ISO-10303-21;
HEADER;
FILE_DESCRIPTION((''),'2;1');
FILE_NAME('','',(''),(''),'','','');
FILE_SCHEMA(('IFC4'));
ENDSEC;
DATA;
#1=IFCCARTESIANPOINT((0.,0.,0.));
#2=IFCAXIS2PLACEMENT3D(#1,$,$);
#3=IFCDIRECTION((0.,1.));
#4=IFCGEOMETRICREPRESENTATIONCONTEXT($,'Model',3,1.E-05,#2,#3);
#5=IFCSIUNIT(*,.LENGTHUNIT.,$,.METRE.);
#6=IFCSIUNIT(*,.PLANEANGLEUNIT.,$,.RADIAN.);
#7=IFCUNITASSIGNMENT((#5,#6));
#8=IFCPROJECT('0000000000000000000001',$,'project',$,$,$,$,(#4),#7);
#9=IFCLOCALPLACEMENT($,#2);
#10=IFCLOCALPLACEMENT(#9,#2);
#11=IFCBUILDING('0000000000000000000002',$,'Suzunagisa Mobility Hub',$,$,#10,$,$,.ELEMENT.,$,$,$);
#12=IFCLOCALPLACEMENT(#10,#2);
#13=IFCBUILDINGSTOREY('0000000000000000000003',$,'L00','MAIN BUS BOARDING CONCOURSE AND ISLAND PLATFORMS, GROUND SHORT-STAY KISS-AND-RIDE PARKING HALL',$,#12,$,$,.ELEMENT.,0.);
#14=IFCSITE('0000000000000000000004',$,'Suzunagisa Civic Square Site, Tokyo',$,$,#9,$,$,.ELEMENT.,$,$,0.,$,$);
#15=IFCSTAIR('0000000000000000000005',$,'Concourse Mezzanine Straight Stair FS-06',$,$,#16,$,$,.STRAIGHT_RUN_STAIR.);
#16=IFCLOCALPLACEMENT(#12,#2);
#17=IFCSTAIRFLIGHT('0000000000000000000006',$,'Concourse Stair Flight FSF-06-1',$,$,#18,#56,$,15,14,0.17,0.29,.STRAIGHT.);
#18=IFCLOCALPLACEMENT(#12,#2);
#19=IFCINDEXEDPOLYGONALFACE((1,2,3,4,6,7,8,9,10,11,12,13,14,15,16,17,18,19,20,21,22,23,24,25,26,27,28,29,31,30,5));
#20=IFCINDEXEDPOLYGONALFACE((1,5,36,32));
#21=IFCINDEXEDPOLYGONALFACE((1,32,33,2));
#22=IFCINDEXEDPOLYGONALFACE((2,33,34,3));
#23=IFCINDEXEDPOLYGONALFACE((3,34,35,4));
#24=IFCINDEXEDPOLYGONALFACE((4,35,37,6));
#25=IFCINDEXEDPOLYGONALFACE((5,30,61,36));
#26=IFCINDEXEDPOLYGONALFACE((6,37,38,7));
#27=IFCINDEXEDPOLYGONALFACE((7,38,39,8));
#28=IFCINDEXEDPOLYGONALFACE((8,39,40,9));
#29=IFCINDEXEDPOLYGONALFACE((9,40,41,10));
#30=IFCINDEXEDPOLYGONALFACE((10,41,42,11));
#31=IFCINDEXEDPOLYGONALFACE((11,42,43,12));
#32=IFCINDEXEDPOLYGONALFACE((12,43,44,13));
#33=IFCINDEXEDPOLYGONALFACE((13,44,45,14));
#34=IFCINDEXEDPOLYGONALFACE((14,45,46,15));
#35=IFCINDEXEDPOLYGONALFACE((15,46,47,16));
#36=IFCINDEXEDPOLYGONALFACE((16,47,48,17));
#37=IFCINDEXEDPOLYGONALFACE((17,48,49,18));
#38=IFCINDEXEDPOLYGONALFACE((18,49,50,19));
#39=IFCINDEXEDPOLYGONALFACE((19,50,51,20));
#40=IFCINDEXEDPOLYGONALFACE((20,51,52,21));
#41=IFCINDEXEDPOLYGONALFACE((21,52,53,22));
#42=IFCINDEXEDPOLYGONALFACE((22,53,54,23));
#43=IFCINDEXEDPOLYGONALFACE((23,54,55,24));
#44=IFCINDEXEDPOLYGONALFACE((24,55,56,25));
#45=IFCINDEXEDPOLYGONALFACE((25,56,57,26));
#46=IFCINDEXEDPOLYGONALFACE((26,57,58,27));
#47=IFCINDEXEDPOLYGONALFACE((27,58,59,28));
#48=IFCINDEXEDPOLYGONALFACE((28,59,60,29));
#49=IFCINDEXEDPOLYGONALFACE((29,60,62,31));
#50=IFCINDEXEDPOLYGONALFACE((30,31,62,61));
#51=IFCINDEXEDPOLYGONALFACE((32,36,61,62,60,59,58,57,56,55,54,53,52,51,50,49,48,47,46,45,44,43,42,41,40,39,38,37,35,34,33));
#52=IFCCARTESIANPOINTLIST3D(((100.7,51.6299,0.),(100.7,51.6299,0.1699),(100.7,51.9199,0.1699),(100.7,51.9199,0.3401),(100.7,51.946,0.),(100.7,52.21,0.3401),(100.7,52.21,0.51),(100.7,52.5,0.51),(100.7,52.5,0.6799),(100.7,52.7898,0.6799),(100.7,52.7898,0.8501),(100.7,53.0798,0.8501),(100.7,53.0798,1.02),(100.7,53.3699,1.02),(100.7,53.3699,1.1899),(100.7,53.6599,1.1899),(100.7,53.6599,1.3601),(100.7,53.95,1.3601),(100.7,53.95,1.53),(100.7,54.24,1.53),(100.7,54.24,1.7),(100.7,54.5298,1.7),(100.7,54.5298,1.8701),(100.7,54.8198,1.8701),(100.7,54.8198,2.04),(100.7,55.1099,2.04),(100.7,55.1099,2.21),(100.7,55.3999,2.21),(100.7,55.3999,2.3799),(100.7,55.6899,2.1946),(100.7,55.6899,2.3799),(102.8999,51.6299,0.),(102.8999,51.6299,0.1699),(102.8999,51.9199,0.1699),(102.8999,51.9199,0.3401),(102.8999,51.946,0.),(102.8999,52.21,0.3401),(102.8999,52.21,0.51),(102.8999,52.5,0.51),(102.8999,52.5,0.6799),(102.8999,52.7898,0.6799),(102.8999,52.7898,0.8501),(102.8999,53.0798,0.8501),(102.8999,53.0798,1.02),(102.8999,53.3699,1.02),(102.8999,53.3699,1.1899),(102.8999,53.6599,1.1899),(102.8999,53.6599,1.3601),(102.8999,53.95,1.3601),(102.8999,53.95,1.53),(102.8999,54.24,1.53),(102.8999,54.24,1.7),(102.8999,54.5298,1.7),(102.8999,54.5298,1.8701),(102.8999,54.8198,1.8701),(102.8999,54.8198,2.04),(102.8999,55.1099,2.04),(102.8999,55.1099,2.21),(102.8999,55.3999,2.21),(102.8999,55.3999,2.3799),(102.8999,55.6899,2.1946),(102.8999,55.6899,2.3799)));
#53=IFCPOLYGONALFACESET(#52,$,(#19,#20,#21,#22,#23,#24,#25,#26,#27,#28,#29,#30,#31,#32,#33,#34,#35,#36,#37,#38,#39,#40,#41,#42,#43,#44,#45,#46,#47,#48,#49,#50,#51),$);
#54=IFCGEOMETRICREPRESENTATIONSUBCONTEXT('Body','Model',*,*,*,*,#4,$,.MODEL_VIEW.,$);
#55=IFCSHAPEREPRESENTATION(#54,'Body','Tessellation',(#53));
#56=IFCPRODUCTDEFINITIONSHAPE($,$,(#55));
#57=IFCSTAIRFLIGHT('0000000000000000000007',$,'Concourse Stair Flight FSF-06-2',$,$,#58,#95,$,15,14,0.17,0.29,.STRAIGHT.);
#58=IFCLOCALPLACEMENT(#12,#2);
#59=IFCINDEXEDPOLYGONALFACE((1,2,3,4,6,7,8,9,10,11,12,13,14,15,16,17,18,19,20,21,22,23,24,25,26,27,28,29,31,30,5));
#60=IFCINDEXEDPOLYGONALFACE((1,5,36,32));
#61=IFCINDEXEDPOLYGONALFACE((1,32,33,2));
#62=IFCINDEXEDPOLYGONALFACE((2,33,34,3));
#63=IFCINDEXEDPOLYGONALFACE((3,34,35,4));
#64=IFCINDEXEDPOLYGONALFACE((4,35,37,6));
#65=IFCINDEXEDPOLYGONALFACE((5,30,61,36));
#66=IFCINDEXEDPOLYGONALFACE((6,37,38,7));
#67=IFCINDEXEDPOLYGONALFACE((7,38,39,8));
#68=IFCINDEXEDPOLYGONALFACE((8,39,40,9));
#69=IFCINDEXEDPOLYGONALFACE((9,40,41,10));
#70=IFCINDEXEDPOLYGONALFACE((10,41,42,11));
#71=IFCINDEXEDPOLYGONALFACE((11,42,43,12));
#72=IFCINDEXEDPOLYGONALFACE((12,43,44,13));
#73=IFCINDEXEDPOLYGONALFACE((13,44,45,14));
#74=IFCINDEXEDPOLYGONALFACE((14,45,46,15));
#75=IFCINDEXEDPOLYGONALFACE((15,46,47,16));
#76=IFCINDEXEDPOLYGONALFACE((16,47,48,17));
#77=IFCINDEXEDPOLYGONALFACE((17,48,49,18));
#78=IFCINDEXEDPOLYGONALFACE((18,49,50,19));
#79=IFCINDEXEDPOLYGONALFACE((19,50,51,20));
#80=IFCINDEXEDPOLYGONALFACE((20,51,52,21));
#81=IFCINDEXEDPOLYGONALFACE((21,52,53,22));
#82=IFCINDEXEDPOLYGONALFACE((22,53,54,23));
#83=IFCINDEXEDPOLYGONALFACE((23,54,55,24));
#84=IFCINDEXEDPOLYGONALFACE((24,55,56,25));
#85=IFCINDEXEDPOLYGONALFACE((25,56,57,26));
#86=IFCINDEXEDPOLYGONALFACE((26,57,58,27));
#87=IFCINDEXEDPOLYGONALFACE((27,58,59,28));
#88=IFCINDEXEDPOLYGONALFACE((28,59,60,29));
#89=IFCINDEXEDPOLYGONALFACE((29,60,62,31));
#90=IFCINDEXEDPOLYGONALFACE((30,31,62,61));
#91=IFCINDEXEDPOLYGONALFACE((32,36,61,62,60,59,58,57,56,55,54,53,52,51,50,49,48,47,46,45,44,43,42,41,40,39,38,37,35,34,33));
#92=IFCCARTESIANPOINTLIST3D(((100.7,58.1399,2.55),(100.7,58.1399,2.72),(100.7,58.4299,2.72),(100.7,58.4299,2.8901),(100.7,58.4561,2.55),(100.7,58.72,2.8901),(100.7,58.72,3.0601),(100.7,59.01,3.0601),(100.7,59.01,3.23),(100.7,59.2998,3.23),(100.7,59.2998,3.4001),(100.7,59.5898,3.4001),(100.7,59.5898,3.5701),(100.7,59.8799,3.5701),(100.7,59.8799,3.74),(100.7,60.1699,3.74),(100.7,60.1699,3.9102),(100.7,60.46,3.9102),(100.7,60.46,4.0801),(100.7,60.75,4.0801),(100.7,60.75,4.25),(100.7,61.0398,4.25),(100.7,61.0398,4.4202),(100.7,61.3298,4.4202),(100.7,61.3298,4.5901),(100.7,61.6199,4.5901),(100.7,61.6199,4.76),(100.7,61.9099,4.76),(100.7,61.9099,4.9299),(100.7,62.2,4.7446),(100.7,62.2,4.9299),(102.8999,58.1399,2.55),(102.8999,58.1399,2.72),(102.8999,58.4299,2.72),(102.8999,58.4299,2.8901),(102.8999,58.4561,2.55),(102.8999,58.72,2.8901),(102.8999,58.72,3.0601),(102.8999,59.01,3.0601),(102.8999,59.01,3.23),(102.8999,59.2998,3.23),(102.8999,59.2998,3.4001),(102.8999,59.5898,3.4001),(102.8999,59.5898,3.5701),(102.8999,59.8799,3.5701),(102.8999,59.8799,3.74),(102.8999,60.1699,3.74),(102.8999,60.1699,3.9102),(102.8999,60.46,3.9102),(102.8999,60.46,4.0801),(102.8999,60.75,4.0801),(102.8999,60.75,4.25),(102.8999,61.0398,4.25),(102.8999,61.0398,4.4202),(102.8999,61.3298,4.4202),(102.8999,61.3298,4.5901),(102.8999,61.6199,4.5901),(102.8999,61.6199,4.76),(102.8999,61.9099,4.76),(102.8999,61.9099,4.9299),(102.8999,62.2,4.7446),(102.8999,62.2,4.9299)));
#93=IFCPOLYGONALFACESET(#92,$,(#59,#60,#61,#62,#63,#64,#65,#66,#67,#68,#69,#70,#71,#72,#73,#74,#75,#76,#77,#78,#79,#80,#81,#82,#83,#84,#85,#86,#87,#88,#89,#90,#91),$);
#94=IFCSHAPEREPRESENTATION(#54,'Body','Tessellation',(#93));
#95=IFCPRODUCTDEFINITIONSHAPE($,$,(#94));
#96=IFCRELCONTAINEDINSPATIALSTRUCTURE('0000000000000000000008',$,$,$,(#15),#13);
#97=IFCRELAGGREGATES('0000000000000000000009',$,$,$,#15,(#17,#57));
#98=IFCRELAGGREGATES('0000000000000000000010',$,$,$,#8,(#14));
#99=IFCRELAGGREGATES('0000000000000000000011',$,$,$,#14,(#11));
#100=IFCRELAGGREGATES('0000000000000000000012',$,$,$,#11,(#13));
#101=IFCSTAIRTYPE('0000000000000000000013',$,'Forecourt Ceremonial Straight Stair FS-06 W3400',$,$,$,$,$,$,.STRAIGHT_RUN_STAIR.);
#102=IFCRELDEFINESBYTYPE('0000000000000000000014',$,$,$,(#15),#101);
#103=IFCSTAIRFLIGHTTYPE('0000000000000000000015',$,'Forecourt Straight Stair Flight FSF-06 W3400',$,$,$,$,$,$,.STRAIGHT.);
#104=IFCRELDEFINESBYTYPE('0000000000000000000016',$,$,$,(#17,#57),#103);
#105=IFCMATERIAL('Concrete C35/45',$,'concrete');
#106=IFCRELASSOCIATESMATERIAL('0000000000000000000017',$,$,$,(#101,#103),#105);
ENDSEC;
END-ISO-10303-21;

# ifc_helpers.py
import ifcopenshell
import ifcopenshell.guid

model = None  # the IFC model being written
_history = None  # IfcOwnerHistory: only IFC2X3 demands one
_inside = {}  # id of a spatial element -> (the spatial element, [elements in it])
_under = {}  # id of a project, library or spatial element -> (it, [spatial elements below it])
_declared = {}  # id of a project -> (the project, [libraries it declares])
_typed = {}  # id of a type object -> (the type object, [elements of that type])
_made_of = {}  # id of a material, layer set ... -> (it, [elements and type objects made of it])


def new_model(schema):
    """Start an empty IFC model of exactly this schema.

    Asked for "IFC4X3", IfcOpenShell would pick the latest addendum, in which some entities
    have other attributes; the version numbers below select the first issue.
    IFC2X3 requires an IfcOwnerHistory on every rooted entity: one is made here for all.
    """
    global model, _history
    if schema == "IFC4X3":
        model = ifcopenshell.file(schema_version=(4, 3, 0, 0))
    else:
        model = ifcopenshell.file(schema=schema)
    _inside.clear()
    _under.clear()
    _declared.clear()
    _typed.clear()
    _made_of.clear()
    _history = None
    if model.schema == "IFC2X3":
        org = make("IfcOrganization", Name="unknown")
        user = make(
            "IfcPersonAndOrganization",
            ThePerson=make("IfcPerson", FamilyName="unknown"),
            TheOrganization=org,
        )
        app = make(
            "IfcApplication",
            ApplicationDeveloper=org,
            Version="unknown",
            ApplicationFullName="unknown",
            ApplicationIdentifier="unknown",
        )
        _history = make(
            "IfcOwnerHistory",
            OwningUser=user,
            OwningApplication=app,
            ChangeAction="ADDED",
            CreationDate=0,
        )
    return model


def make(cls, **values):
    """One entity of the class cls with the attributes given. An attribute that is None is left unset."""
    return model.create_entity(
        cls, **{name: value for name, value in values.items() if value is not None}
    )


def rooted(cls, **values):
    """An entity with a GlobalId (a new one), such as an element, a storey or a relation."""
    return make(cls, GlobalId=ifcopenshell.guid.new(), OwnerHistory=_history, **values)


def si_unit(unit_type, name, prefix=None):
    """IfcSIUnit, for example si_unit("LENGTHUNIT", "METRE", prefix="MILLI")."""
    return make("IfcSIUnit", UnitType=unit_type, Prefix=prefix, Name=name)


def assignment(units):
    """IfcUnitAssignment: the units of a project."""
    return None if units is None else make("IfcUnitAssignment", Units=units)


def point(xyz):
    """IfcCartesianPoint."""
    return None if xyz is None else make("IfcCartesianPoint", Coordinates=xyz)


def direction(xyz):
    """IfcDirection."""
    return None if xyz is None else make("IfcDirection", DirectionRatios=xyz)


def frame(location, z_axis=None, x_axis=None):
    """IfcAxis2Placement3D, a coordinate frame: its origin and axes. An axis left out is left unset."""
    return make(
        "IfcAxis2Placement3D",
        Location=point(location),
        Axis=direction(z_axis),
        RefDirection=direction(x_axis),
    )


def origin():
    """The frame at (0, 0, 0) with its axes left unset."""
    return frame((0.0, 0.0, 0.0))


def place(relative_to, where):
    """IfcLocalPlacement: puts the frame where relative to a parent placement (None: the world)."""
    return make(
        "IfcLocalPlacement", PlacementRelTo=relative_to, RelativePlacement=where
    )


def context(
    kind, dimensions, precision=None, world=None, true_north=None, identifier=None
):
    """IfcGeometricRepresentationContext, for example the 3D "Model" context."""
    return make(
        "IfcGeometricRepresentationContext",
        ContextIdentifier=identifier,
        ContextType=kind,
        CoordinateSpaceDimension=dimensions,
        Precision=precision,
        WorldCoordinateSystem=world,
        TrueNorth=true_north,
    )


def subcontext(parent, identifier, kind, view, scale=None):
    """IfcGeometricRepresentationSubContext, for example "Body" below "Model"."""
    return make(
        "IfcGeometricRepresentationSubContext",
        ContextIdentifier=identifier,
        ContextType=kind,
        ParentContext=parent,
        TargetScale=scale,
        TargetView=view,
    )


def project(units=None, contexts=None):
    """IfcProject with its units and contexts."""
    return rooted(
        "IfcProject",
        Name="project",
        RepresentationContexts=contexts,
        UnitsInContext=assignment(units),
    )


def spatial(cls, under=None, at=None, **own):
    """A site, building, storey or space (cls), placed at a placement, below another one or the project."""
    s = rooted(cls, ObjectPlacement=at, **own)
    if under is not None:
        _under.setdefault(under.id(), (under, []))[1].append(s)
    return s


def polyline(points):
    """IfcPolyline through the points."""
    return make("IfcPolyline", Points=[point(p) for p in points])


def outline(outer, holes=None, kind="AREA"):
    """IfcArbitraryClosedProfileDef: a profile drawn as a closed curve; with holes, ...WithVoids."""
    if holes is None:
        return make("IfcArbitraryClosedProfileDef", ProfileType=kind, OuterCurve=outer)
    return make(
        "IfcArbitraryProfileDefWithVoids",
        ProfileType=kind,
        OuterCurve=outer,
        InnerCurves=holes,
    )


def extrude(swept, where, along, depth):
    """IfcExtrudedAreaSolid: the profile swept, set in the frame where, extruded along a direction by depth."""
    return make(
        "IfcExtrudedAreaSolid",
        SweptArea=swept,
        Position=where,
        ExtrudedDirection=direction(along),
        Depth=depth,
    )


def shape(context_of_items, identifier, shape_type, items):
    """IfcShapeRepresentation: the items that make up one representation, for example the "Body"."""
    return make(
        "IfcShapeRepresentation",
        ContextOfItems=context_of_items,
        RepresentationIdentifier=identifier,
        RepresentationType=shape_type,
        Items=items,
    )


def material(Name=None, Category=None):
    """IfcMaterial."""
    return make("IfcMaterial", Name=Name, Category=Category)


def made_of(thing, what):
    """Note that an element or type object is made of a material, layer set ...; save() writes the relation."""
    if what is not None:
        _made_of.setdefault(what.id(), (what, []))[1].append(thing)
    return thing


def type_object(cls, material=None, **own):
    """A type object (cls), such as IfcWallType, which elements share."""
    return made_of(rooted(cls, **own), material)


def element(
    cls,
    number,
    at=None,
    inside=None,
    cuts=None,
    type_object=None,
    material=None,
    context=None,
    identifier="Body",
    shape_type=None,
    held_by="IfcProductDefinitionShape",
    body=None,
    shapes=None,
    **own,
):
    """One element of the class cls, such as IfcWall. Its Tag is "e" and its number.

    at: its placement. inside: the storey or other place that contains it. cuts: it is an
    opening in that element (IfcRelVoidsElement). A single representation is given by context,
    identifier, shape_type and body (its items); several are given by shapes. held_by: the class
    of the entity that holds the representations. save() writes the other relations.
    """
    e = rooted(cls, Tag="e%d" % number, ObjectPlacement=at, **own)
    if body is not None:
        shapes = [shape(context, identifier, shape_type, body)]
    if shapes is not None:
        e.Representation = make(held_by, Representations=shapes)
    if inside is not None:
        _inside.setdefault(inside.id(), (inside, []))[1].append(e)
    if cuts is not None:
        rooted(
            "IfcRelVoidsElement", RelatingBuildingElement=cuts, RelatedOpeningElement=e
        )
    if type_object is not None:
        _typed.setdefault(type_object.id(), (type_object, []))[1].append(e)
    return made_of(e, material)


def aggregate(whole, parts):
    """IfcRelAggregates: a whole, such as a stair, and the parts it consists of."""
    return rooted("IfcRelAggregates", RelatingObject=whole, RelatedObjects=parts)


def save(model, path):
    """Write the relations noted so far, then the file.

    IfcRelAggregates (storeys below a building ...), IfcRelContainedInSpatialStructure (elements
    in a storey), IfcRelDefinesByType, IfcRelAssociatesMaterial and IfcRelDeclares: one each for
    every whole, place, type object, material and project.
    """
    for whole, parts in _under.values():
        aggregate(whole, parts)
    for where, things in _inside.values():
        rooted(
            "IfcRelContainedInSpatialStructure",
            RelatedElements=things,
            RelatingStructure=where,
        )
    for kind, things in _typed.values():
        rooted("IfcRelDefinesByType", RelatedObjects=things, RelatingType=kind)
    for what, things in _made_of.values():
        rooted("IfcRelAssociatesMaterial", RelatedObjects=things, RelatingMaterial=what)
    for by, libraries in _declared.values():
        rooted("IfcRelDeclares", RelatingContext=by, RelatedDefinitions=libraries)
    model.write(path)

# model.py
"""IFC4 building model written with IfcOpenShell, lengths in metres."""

from ifc_helpers import new_model, si_unit, direction, frame, origin, place, context, subcontext, project, spatial, polyline, outline, extrude, material, type_object, element, aggregate, save


model = new_model("IFC4")

# Units and contexts
model_context = context("Model", 3, precision=1e-05, world=origin(), true_north=direction((0.0, 1.0)))
body_context = subcontext(model_context, "Body", "Model", "MODEL_VIEW")
ifc_project = project(units=[si_unit("LENGTHUNIT", "METRE"), si_unit("PLANEANGLEUNIT", "RADIAN")], contexts=[model_context])

# Site, building, storey
site_placement = place(None, origin())
site = spatial("IfcSite", under=ifc_project, at=site_placement, Name="Suzunagisa Civic Square Site, Tokyo", CompositionType="ELEMENT", RefElevation=0.0)
building_placement = place(site_placement, origin())
building = spatial("IfcBuilding", under=site, at=building_placement, Name="Suzunagisa Mobility Hub", CompositionType="ELEMENT")
storey_placement = place(building_placement, origin())
storey = spatial("IfcBuildingStorey", under=building, at=storey_placement, Name="L00", Description="MAIN BUS BOARDING CONCOURSE AND ISLAND PLATFORMS, GROUND SHORT-STAY KISS-AND-RIDE PARKING HALL", CompositionType="ELEMENT", Elevation=0.0)

# Shared definitions
ifc_material_1 = material(Name="Concrete C35/45", Category="concrete")

# Stair, stair flights
stair_type_1 = type_object("IfcStairType", Name="Forecourt Ceremonial Straight Stair FS-06 W3400", PredefinedType="STRAIGHT_RUN_STAIR", material=ifc_material_1)
stair_1_placement = place(storey_placement, origin())
stair_1 = element("IfcStair", 1, at=stair_1_placement, inside=storey, type_object=stair_type_1, Name="Concourse Mezzanine Straight Stair FS-06", PredefinedType="STRAIGHT_RUN_STAIR")
stair_flight_type_1 = type_object("IfcStairFlightType", Name="Forecourt Straight Stair Flight FSF-06 W3400", PredefinedType="STRAIGHT", material=ifc_material_1)
stair_flight_1_placement = place(storey_placement, frame((101.8, 51.6299, 0.0), z_axis=(0.0, 0.0, 1.0), x_axis=(0.0, 1.0, 0.0)))
stair_flight_1 = element("IfcStairFlight", 2, at=stair_flight_1_placement, type_object=stair_flight_type_1, Name="Concourse Stair Flight FSF-06-1", NumberOfRisers=15, NumberOfTreads=14, PredefinedType="STRAIGHT", RiserHeight=0.17, TreadLength=0.29, context=body_context, shape_type="SweptSolid", body=[
    extrude(outline(polyline([(0.0, 0.0), (0.0, 0.1699), (0.29, 0.1699), (0.29, 0.3401), (0.5801, 0.3401), (0.5801, 0.51), (0.8701, 0.51), (0.8701, 0.6799), (1.1599, 0.6799), (1.1599, 0.8501), (1.45, 0.8501), (1.45, 1.02), (1.74, 1.02), (1.74, 1.1899), (2.03, 1.1899), (2.03, 1.3601), (2.3201, 1.3601), (2.3201, 1.53), (2.6101, 1.53), (2.6101, 1.7), (2.8999, 1.7), (2.8999, 1.8701), (3.1899, 1.8701), (3.1899, 2.04), (3.48, 2.04), (3.48, 2.21), (3.77, 2.21), (3.77, 2.3799), (4.0601, 2.3799), (4.0601, 2.55), (4.0601, 2.1946), (0.3162, 0.0), (0.0, 0.0)])), frame((0.0, 1.1001, 0.0), z_axis=(0.0, -1.0, 0.0), x_axis=(1.0, 0.0, 0.0)), (0.0, 0.0, 1.0), 2.2),
])
stair_flight_2_placement = place(storey_placement, frame((101.8, 58.1399, 2.55), z_axis=(0.0, 0.0, 1.0), x_axis=(0.0, 1.0, 0.0)))
stair_flight_2 = element("IfcStairFlight", 3, at=stair_flight_2_placement, type_object=stair_flight_type_1, Name="Concourse Stair Flight FSF-06-2", NumberOfRisers=15, NumberOfTreads=14, PredefinedType="STRAIGHT", RiserHeight=0.17, TreadLength=0.29, context=body_context, shape_type="SweptSolid", body=[
    extrude(outline(polyline([(0.0, 0.0), (0.0, 0.1699), (0.29, 0.1699), (0.29, 0.3401), (0.5801, 0.3401), (0.5801, 0.51), (0.8701, 0.51), (0.8701, 0.6799), (1.1599, 0.6799), (1.1599, 0.8501), (1.45, 0.8501), (1.45, 1.02), (1.74, 1.02), (1.74, 1.1899), (2.03, 1.1899), (2.03, 1.3601), (2.3201, 1.3601), (2.3201, 1.53), (2.6101, 1.53), (2.6101, 1.7), (2.8999, 1.7), (2.8999, 1.8701), (3.1899, 1.8701), (3.1899, 2.04), (3.48, 2.04), (3.48, 2.21), (3.77, 2.21), (3.77, 2.3799), (4.0601, 2.3799), (4.0601, 2.55), (4.0601, 2.1946), (0.3162, 0.0), (0.0, 0.0)])), frame((0.0, 1.1001, 0.0), z_axis=(0.0, -1.0, 0.0), x_axis=(1.0, 0.0, 0.0)), (0.0, 0.0, 1.0), 2.2),
])
aggregate(stair_1, [stair_flight_1, stair_flight_2])

save(model, "model.ifc")
